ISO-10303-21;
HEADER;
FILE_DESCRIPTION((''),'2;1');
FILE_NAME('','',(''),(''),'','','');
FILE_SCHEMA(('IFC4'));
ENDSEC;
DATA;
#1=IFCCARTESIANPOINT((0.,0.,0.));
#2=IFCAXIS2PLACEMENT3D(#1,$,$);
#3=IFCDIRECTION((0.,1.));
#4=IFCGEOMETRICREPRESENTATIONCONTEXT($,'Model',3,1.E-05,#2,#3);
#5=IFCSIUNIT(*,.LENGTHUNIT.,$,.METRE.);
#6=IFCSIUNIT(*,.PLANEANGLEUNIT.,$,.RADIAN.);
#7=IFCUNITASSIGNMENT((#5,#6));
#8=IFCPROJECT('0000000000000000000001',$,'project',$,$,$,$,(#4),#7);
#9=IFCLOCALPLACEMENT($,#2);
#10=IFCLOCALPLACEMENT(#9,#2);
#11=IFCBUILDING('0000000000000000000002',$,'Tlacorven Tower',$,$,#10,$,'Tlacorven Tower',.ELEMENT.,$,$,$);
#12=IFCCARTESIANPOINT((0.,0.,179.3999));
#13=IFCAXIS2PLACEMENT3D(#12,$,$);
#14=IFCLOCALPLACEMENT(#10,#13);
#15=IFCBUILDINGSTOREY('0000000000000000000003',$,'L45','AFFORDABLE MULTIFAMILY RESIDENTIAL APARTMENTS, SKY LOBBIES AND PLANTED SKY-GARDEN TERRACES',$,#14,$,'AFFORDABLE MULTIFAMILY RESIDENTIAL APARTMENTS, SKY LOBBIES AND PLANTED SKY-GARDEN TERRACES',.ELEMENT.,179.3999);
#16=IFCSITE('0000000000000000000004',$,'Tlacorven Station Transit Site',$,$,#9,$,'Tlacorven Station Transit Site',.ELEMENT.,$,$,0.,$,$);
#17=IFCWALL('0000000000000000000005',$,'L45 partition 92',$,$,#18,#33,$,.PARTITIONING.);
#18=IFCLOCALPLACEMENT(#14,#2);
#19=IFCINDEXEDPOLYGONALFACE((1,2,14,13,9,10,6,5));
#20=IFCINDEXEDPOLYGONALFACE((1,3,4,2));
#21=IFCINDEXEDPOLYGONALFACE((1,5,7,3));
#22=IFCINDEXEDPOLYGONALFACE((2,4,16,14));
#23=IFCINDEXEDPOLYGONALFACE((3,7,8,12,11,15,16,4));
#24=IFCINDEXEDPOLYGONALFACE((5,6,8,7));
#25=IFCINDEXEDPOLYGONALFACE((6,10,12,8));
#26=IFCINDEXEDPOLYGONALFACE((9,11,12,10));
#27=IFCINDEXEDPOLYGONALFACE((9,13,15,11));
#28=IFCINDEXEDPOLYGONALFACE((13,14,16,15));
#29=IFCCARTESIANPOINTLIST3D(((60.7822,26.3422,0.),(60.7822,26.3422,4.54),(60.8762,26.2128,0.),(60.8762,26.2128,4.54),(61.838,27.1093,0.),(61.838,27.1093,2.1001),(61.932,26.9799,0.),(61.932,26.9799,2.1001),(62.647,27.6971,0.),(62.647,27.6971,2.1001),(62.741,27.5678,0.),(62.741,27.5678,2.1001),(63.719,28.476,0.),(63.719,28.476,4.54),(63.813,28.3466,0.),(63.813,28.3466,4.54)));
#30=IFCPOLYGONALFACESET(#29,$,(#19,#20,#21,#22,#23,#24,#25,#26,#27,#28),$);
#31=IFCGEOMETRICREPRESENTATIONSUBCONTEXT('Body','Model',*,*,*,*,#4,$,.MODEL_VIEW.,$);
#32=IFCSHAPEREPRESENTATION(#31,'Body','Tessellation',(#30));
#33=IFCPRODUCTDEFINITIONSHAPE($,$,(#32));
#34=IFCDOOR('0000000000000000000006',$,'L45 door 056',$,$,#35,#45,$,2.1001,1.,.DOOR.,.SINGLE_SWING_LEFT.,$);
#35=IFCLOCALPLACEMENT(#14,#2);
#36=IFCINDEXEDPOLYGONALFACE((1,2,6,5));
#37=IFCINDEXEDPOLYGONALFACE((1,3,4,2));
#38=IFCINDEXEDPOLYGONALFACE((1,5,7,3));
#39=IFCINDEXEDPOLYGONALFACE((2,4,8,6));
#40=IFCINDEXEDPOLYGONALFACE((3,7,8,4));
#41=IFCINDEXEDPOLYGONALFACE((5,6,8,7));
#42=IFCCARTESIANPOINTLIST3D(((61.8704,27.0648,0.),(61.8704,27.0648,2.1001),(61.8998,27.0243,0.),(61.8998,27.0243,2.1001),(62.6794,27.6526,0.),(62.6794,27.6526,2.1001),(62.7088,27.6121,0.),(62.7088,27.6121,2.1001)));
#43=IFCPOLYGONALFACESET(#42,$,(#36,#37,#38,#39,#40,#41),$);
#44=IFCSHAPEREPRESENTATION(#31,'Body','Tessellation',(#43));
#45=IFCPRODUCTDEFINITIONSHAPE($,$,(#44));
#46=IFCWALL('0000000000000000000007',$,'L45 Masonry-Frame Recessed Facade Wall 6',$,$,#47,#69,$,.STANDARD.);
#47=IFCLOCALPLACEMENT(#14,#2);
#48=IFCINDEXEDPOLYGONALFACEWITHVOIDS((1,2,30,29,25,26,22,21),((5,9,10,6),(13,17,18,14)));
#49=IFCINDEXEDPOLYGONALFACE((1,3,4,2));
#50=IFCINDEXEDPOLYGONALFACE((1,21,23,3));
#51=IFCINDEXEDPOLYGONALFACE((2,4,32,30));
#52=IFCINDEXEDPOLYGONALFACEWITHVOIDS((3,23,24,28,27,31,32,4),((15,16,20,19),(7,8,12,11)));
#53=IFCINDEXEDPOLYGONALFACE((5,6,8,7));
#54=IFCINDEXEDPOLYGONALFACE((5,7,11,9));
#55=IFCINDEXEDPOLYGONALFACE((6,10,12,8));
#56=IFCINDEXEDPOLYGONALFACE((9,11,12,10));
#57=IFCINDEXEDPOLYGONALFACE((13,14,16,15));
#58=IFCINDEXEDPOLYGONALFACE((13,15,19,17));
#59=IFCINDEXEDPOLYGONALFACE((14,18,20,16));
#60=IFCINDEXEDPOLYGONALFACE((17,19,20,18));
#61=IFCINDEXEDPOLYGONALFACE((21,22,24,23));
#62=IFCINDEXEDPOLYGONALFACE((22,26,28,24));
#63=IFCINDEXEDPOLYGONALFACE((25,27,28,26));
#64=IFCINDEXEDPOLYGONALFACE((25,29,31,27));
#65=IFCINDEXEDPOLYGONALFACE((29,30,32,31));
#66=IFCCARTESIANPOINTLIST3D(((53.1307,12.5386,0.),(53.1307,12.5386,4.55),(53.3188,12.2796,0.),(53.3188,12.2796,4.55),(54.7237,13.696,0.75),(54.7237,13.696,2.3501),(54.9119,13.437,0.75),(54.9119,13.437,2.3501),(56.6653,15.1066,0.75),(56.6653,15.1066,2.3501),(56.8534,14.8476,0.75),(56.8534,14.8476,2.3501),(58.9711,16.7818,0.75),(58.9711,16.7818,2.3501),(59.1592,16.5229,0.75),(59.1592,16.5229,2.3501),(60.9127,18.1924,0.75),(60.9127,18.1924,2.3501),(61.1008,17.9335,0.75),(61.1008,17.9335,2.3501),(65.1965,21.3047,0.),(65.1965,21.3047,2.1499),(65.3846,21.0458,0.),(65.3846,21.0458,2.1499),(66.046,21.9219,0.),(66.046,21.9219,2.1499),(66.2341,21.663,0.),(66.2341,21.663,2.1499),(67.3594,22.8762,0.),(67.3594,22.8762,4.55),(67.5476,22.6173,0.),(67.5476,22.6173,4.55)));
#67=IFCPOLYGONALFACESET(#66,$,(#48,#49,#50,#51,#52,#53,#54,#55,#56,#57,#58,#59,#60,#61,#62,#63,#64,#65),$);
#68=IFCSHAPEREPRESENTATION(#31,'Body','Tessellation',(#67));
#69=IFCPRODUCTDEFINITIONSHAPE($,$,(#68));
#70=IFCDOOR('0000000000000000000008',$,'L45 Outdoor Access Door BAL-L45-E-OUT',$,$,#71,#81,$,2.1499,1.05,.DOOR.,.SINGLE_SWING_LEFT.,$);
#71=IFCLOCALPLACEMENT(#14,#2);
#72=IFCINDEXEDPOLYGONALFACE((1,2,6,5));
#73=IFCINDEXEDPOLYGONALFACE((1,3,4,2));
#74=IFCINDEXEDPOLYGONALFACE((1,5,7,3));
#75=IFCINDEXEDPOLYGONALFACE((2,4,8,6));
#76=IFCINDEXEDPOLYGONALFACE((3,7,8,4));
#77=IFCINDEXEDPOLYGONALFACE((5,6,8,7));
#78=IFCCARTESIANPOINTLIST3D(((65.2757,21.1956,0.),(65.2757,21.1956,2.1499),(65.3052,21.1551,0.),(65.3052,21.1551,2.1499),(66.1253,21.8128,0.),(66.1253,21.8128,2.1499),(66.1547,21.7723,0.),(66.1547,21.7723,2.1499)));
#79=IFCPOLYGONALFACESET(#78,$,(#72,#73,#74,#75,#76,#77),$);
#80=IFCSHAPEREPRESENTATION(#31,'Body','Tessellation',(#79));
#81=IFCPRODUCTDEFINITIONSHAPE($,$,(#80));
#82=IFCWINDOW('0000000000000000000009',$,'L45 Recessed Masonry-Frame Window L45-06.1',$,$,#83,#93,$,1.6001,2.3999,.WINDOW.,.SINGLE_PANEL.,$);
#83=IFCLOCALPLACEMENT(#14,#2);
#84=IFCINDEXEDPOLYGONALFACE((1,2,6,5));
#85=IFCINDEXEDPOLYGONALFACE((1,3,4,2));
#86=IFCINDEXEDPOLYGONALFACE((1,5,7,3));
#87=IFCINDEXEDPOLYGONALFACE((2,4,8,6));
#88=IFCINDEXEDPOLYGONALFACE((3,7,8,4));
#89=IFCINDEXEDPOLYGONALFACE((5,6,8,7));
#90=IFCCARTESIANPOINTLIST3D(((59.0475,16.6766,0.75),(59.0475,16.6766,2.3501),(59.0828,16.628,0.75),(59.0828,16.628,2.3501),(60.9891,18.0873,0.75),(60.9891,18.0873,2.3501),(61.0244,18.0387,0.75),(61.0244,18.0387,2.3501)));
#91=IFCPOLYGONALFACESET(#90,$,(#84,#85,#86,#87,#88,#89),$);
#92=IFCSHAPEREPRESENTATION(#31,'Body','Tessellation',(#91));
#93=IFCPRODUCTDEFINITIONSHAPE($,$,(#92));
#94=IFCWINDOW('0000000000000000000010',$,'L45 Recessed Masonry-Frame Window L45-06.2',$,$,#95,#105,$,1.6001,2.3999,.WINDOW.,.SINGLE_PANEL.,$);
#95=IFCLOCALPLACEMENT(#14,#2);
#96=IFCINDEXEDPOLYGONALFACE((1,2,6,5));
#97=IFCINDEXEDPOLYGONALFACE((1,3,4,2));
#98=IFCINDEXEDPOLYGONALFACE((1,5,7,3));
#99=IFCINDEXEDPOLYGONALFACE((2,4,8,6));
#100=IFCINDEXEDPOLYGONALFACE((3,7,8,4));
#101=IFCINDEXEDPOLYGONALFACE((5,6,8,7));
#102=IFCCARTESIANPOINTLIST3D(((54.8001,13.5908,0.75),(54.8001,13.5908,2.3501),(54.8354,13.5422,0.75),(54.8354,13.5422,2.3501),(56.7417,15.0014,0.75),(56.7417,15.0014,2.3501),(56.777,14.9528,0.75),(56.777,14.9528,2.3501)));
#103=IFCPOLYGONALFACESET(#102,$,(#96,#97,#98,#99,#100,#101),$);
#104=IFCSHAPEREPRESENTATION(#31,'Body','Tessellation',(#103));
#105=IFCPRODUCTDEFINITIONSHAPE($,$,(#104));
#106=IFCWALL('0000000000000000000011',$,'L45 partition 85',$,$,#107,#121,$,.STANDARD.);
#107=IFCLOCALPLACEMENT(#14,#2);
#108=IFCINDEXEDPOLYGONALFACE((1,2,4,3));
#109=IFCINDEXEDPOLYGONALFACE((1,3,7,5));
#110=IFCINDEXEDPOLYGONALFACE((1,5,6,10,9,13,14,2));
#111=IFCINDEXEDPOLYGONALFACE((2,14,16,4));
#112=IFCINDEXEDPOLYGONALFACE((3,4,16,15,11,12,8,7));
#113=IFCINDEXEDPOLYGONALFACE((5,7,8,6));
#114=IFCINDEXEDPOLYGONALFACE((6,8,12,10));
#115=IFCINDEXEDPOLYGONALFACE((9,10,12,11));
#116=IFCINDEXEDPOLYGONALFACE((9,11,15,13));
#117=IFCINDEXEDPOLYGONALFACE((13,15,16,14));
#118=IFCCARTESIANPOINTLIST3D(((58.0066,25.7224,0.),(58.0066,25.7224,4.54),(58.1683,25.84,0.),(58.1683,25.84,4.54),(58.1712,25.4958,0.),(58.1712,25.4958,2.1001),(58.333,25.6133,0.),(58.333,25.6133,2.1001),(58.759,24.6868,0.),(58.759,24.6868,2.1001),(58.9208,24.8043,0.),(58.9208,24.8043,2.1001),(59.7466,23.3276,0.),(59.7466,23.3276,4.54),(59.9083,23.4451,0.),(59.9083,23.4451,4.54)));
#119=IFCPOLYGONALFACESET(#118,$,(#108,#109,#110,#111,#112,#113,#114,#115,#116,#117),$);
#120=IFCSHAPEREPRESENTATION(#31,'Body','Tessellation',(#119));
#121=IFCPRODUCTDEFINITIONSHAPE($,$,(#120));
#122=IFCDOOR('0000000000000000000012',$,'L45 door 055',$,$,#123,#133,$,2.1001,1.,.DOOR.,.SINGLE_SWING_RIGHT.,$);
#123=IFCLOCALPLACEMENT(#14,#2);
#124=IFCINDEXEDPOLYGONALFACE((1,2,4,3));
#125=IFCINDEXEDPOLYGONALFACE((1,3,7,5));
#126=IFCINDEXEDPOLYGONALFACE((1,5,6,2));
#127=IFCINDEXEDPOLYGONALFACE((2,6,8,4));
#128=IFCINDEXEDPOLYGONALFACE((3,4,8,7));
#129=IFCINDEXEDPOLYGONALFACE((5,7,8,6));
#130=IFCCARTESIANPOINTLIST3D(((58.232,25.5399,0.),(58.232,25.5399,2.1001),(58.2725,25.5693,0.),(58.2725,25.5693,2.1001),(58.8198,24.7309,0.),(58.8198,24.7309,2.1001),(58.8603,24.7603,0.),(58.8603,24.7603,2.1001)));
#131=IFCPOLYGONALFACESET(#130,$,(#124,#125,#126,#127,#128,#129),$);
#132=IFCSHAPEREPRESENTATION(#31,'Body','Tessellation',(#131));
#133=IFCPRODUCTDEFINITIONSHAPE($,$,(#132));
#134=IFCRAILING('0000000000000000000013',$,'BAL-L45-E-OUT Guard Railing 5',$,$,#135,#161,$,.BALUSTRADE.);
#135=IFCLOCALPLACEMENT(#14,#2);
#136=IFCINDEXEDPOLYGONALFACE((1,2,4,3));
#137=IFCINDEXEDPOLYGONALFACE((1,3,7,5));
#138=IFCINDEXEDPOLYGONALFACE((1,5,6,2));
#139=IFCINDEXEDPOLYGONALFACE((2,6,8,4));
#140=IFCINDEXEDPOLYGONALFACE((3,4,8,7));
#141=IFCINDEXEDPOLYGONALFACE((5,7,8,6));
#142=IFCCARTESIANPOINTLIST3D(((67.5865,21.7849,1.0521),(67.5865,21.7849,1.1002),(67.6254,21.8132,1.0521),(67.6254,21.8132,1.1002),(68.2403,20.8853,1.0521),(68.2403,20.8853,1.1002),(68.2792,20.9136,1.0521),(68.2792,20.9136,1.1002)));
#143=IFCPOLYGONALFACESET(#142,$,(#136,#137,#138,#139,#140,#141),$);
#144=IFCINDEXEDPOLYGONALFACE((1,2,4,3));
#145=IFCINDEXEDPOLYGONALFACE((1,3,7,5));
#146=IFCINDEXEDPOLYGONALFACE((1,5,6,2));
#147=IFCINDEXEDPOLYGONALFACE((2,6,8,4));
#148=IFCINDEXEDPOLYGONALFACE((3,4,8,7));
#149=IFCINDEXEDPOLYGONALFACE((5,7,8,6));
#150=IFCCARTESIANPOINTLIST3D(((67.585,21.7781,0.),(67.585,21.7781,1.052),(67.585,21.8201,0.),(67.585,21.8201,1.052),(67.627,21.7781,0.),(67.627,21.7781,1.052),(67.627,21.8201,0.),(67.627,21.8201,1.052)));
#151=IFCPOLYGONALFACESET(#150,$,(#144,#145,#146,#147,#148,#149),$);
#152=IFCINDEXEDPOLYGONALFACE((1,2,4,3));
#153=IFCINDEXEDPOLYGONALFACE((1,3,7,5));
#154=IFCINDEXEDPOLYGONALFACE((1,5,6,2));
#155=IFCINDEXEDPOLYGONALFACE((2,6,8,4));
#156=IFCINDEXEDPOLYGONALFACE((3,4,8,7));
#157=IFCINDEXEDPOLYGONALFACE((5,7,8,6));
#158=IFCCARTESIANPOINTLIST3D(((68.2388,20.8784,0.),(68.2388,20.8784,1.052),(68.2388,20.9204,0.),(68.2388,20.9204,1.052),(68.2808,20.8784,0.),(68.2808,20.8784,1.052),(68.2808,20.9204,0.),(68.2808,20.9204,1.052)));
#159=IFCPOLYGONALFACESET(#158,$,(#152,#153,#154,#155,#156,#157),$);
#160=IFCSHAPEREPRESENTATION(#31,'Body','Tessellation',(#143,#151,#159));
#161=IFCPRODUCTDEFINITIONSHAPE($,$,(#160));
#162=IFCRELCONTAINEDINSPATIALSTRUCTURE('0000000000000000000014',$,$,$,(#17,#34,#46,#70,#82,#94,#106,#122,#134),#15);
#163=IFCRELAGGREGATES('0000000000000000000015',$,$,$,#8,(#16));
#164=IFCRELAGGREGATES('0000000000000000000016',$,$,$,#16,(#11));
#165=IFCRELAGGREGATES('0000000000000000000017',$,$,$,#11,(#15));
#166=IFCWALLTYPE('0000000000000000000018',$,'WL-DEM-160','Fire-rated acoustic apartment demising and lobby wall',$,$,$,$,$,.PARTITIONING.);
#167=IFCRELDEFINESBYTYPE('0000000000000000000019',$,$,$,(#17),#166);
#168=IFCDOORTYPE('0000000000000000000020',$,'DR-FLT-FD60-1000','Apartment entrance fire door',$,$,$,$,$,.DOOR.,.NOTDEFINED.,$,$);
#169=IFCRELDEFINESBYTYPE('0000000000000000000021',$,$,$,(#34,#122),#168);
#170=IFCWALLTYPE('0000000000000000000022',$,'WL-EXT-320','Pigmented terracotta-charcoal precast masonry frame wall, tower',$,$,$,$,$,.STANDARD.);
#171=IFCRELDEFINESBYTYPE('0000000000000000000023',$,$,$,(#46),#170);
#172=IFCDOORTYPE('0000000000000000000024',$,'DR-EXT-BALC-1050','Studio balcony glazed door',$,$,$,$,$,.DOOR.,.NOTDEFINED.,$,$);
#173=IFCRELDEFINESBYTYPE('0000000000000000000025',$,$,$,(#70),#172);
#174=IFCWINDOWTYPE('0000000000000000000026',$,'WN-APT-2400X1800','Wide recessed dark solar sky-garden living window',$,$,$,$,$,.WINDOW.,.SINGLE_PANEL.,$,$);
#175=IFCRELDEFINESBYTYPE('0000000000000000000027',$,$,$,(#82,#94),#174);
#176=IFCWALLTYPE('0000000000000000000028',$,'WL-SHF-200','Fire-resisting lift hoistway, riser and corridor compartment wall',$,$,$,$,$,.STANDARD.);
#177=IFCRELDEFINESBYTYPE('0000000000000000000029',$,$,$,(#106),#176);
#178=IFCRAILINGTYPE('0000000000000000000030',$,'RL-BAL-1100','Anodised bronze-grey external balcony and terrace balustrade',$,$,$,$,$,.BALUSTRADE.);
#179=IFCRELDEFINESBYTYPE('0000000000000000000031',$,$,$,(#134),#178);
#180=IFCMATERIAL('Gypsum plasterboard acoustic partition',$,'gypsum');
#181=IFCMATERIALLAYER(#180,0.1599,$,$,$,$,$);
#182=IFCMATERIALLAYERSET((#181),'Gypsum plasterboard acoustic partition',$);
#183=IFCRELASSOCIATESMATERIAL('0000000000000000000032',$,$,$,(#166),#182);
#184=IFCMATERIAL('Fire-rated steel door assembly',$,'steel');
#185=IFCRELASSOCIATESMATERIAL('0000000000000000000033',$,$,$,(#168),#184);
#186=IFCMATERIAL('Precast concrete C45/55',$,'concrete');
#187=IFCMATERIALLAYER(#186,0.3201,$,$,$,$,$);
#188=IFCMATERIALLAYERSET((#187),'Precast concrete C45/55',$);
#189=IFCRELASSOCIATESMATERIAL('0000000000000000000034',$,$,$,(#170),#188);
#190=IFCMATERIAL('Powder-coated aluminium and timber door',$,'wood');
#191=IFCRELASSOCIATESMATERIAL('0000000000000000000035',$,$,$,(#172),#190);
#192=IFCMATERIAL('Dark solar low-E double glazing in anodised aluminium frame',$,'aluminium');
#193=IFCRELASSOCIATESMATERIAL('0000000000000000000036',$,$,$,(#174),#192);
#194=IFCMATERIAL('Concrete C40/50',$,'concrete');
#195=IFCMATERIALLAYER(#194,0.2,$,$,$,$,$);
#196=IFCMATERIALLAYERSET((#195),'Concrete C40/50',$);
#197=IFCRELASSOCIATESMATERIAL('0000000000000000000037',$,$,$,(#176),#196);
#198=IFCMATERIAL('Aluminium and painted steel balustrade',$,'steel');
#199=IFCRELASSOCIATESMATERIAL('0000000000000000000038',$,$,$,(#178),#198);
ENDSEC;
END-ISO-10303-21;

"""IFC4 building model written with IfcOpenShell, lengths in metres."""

from ifc_helpers import new_model, si_unit, direction, frame, frame_2d, origin, origin_2d, place, context, subcontext, project, spatial, rectangle, extrude, source, transform, mapped, material, layer, layer_set, type_object, element, fill, save


model = new_model("IFC4")

# Units and contexts
model_context = context("Model", 3, precision=1e-05, world=origin(), true_north=direction((0.0, 1.0)))
body_context = subcontext(model_context, "Body", "Model", "MODEL_VIEW")
ifc_project = project(units=[si_unit("LENGTHUNIT", "METRE"), si_unit("PLANEANGLEUNIT", "RADIAN")], contexts=[model_context])

# Site, building, storey
site_placement = place(None, origin())
site = spatial("IfcSite", under=ifc_project, at=site_placement, Name="Tlacorven Station Transit Site", LongName="Tlacorven Station Transit Site", CompositionType="ELEMENT", RefElevation=0.0)
building_placement = place(site_placement, origin())
building = spatial("IfcBuilding", under=site, at=building_placement, Name="Tlacorven Tower", LongName="Tlacorven Tower", CompositionType="ELEMENT")
storey_placement = place(building_placement, frame((0.0, 0.0, 179.3999)))
storey = spatial("IfcBuildingStorey", under=building, at=storey_placement, Name="L45", Description="AFFORDABLE MULTIFAMILY RESIDENTIAL APARTMENTS, SKY LOBBIES AND PLANTED SKY-GARDEN TERRACES", LongName="AFFORDABLE MULTIFAMILY RESIDENTIAL APARTMENTS, SKY LOBBIES AND PLANTED SKY-GARDEN TERRACES", CompositionType="ELEMENT", Elevation=179.3999)

# Shared definitions
ifc_material_1 = material(Name="Gypsum plasterboard acoustic partition", Category="gypsum")
ifc_layer_1 = layer(ifc_material_1, 0.1599)
ifc_layer_set_1 = layer_set([ifc_layer_1], Name="Gypsum plasterboard acoustic partition")
wall_type_1 = type_object("IfcWallType", Name="WL-DEM-160", Description="Fire-rated acoustic apartment demising and lobby wall", PredefinedType="PARTITIONING", material=ifc_layer_set_1)
ifc_material_2 = material(Name="Fire-rated steel door assembly", Category="steel")
door_type_1 = type_object("IfcDoorType", Name="DR-FLT-FD60-1000", Description="Apartment entrance fire door", OperationType="NOTDEFINED", PredefinedType="DOOR", material=ifc_material_2)
shared_shape_1 = source(origin(), body_context, "Body", "SweptSolid", [
    extrude(rectangle(XDim=1.0, YDim=2.1001, at=frame_2d((0.5, 1.05))), frame((0.0, 0.0249, 0.0), z_axis=(0.0, -1.0, 0.0), x_axis=(1.0, 0.0, 0.0)), (0.0, 0.0, 1.0), 0.05),
])

# Wall, opening, door
wall_1_placement = place(storey_placement, frame((60.8293, 26.2776, 0.0), z_axis=(0.0, 0.0, 1.0), x_axis=(0.809004, 0.587804, 0.0)))
wall_1 = element("IfcWall", 1, at=wall_1_placement, inside=storey, type_object=wall_type_1, Name="L45 partition 92", PredefinedType="PARTITIONING", context=body_context, shape_type="SweptSolid", body=[
    extrude(rectangle(XDim=3.6301, YDim=0.1599, at=frame_2d((1.8149, 0.0))), origin(), (0.0, 0.0, 1.0), 4.54),
])
opening_1_placement = place(wall_1_placement, frame((1.3049, 0.0, 0.0)))
opening_1 = element("IfcOpeningElement", 2, at=opening_1_placement, cuts=wall_1, PredefinedType="OPENING", context=body_context, shape_type="SweptSolid", body=[
    extrude(rectangle(XDim=1.0, YDim=2.1001, at=frame_2d((0.5, 1.05))), frame((0.0, 0.0898, 0.0), z_axis=(0.0, -1.0, 0.0), x_axis=(1.0, 0.0, 0.0)), (0.0, 0.0, 1.0), 0.1799),
])
door_1_placement = place(opening_1_placement, origin())
door_1 = element("IfcDoor", 3, at=door_1_placement, inside=storey, type_object=door_type_1, Name="L45 door 056", OperationType="SINGLE_SWING_LEFT", OverallHeight=2.1001, OverallWidth=1.0, PredefinedType="DOOR", context=body_context, shape_type="MappedRepresentation", body=[
    mapped(shared_shape_1, transform((0.0, 0.0, 0.0), scale=1.0)),
])
fill(opening_1, door_1)

# Wall, openings, door, windows
ifc_material_3 = material(Name="Precast concrete C45/55", Category="concrete")
ifc_layer_2 = layer(ifc_material_3, 0.3201)
ifc_layer_set_2 = layer_set([ifc_layer_2], Name="Precast concrete C45/55")
wall_type_2 = type_object("IfcWallType", Name="WL-EXT-320", Description="Pigmented terracotta-charcoal precast masonry frame wall, tower", PredefinedType="STANDARD", material=ifc_layer_set_2)
wall_2_placement = place(storey_placement, frame((67.4536, 22.7468, 0.0), z_axis=(0.0, 0.0, 1.0), x_axis=(-0.809021, -0.58778, 0.0)))
wall_2 = element("IfcWall", 4, at=wall_2_placement, inside=storey, type_object=wall_type_2, Name="L45 Masonry-Frame Recessed Facade Wall 6", PredefinedType="STANDARD", context=body_context, shape_type="SweptSolid", body=[
    extrude(rectangle(XDim=17.5876, YDim=0.3201, at=frame_2d((8.7939, 0.0))), origin(), (0.0, 0.0, 1.0), 4.55),
])
opening_2_placement = place(wall_2_placement, frame((1.6238, 0.0, 0.0)))
opening_2 = element("IfcOpeningElement", 5, at=opening_2_placement, cuts=wall_2, PredefinedType="OPENING", context=body_context, shape_type="SweptSolid", body=[
    extrude(rectangle(XDim=1.05, YDim=2.1499, at=frame_2d((0.5249, 1.075))), frame((0.0, 0.1699, 0.0), z_axis=(0.0, -1.0, 0.0), x_axis=(1.0, 0.0, 0.0)), (0.0, 0.0, 1.0), 0.3401),
])
opening_3_placement = place(wall_2_placement, frame((7.9688, 0.0, 0.75)))
opening_3 = element("IfcOpeningElement", 6, at=opening_3_placement, cuts=wall_2, PredefinedType="OPENING", context=body_context, shape_type="SweptSolid", body=[
    extrude(rectangle(XDim=2.3999, YDim=1.6001, at=frame_2d((1.2, 0.8))), frame((0.0, 0.1699, 0.0), z_axis=(0.0, -1.0, 0.0), x_axis=(1.0, 0.0, 0.0)), (0.0, 0.0, 1.0), 0.3401),
])
opening_4_placement = place(wall_2_placement, frame((13.2188, 0.0, 0.75)))
opening_4 = element("IfcOpeningElement", 7, at=opening_4_placement, cuts=wall_2, PredefinedType="OPENING", context=body_context, shape_type="SweptSolid", body=[
    extrude(rectangle(XDim=2.3999, YDim=1.6001, at=frame_2d((1.2, 0.8))), frame((0.0, 0.1699, 0.0), z_axis=(0.0, -1.0, 0.0), x_axis=(1.0, 0.0, 0.0)), (0.0, 0.0, 1.0), 0.3401),
])
ifc_material_4 = material(Name="Powder-coated aluminium and timber door", Category="wood")
door_type_2 = type_object("IfcDoorType", Name="DR-EXT-BALC-1050", Description="Studio balcony glazed door", OperationType="NOTDEFINED", PredefinedType="DOOR", material=ifc_material_4)
shared_shape_2 = source(origin(), body_context, "Body", "SweptSolid", [
    extrude(rectangle(XDim=1.05, YDim=2.1499, at=frame_2d((0.5249, 1.075))), frame((0.0, 0.0249, 0.0), z_axis=(0.0, -1.0, 0.0), x_axis=(1.0, 0.0, 0.0)), (0.0, 0.0, 1.0), 0.05),
])
door_2_placement = place(opening_2_placement, origin())
door_2 = element("IfcDoor", 8, at=door_2_placement, inside=storey, type_object=door_type_2, Name="L45 Outdoor Access Door BAL-L45-E-OUT", OperationType="SINGLE_SWING_LEFT", OverallHeight=2.1499, OverallWidth=1.05, PredefinedType="DOOR", context=body_context, shape_type="MappedRepresentation", body=[
    mapped(shared_shape_2, transform((0.0, 0.0, 0.0), scale=1.0)),
])
fill(opening_2, door_2)
ifc_material_5 = material(Name="Dark solar low-E double glazing in anodised aluminium frame", Category="aluminium")
window_type = type_object("IfcWindowType", Name="WN-APT-2400X1800", Description="Wide recessed dark solar sky-garden living window", PartitioningType="SINGLE_PANEL", PredefinedType="WINDOW", material=ifc_material_5)
shared_shape_3 = source(origin(), body_context, "Body", "SweptSolid", [
    extrude(rectangle(XDim=2.3999, YDim=1.6001, at=frame_2d((1.2, 0.8))), frame((0.0, 0.03, 0.0), z_axis=(0.0, -1.0, 0.0), x_axis=(1.0, 0.0, 0.0)), (0.0, 0.0, 1.0), 0.0601),
])
window_1_placement = place(opening_3_placement, origin())
window_1 = element("IfcWindow", 9, at=window_1_placement, inside=storey, type_object=window_type, Name="L45 Recessed Masonry-Frame Window L45-06.1", OverallHeight=1.6001, OverallWidth=2.3999, PartitioningType="SINGLE_PANEL", PredefinedType="WINDOW", context=body_context, shape_type="MappedRepresentation", body=[
    mapped(shared_shape_3, transform((0.0, 0.0, 0.0), scale=1.0)),
])
fill(opening_3, window_1)
window_2_placement = place(opening_4_placement, origin())
window_2 = element("IfcWindow", 10, at=window_2_placement, inside=storey, type_object=window_type, Name="L45 Recessed Masonry-Frame Window L45-06.2", OverallHeight=1.6001, OverallWidth=2.3999, PartitioningType="SINGLE_PANEL", PredefinedType="WINDOW", context=body_context, shape_type="MappedRepresentation", body=[
    mapped(shared_shape_3, transform((0.0, 0.0, 0.0), scale=1.0)),
])
fill(opening_4, window_2)

# Wall, opening, door
ifc_material_6 = material(Name="Concrete C40/50", Category="concrete")
ifc_layer_3 = layer(ifc_material_6, 0.2)
ifc_layer_set_3 = layer_set([ifc_layer_3], Name="Concrete C40/50")
wall_type_3 = type_object("IfcWallType", Name="WL-SHF-200", Description="Fire-resisting lift hoistway, riser and corridor compartment wall", PredefinedType="STANDARD", material=ifc_layer_set_3)
wall_3_placement = place(storey_placement, frame((59.8274, 23.3865, 0.0), z_axis=(0.0, 0.0, 1.0), x_axis=(-0.587804, 0.809003, 0.0)))
wall_3 = element("IfcWall", 11, at=wall_3_placement, inside=storey, type_object=wall_type_3, Name="L45 partition 85", PredefinedType="STANDARD", context=body_context, shape_type="SweptSolid", body=[
    extrude(rectangle(XDim=2.9602, YDim=0.2, at=frame_2d((1.48, 0.0))), origin(), (0.0, 0.0, 1.0), 4.54),
])
opening_5_placement = place(wall_3_placement, frame((1.6799, 0.0, 0.0)))
opening_5 = element("IfcOpeningElement", 12, at=opening_5_placement, cuts=wall_3, PredefinedType="OPENING", context=body_context, shape_type="SweptSolid", body=[
    extrude(rectangle(XDim=1.0, YDim=2.1001, at=frame_2d((0.5, 1.05))), frame((0.0, 0.1099, 0.0), z_axis=(0.0, -1.0, 0.0), x_axis=(1.0, 0.0, 0.0)), (0.0, 0.0, 1.0), 0.22),
])
door_3_placement = place(opening_5_placement, origin())
door_3 = element("IfcDoor", 13, at=door_3_placement, inside=storey, type_object=door_type_1, Name="L45 door 055", OperationType="SINGLE_SWING_RIGHT", OverallHeight=2.1001, OverallWidth=1.0, PredefinedType="DOOR", context=body_context, shape_type="MappedRepresentation", body=[
    mapped(shared_shape_1, transform((0.0, 0.0, 0.0), scale=1.0)),
])
fill(opening_5, door_3)

# Railing
ifc_material_7 = material(Name="Aluminium and painted steel balustrade", Category="steel")
railing_type = type_object("IfcRailingType", Name="RL-BAL-1100", Description="Anodised bronze-grey external balcony and terrace balustrade", PredefinedType="BALUSTRADE", material=ifc_material_7)
shared_shape_4 = source(origin(), body_context, "Body", "SweptSolid", [
    extrude(rectangle(XDim=0.0481, YDim=0.0481, at=origin_2d()), frame((0.0, 0.0, 1.0762), z_axis=(0.587884, -0.808945, 0.0), x_axis=(0.808945, 0.587884, 0.0)), (0.0, 0.0, 1.0), 1.1121),
    extrude(rectangle(XDim=0.042, YDim=0.042, at=origin_2d()), origin(), (0.0, 0.0, 1.0), 1.052),
    extrude(rectangle(XDim=0.042, YDim=0.042, at=origin_2d()), frame((0.6538, -0.8997, 0.0)), (0.0, 0.0, 1.0), 1.052),
])
railing_1_placement = place(storey_placement, frame((67.606, 21.7991, 0.0)))
element("IfcRailing", 14, at=railing_1_placement, inside=storey, type_object=railing_type, Name="BAL-L45-E-OUT Guard Railing 5", PredefinedType="BALUSTRADE", context=body_context, shape_type="MappedRepresentation", body=[
    mapped(shared_shape_4, transform((0.0, 0.0, 0.0), scale=1.0)),
])

save(model, "model.ifc")
